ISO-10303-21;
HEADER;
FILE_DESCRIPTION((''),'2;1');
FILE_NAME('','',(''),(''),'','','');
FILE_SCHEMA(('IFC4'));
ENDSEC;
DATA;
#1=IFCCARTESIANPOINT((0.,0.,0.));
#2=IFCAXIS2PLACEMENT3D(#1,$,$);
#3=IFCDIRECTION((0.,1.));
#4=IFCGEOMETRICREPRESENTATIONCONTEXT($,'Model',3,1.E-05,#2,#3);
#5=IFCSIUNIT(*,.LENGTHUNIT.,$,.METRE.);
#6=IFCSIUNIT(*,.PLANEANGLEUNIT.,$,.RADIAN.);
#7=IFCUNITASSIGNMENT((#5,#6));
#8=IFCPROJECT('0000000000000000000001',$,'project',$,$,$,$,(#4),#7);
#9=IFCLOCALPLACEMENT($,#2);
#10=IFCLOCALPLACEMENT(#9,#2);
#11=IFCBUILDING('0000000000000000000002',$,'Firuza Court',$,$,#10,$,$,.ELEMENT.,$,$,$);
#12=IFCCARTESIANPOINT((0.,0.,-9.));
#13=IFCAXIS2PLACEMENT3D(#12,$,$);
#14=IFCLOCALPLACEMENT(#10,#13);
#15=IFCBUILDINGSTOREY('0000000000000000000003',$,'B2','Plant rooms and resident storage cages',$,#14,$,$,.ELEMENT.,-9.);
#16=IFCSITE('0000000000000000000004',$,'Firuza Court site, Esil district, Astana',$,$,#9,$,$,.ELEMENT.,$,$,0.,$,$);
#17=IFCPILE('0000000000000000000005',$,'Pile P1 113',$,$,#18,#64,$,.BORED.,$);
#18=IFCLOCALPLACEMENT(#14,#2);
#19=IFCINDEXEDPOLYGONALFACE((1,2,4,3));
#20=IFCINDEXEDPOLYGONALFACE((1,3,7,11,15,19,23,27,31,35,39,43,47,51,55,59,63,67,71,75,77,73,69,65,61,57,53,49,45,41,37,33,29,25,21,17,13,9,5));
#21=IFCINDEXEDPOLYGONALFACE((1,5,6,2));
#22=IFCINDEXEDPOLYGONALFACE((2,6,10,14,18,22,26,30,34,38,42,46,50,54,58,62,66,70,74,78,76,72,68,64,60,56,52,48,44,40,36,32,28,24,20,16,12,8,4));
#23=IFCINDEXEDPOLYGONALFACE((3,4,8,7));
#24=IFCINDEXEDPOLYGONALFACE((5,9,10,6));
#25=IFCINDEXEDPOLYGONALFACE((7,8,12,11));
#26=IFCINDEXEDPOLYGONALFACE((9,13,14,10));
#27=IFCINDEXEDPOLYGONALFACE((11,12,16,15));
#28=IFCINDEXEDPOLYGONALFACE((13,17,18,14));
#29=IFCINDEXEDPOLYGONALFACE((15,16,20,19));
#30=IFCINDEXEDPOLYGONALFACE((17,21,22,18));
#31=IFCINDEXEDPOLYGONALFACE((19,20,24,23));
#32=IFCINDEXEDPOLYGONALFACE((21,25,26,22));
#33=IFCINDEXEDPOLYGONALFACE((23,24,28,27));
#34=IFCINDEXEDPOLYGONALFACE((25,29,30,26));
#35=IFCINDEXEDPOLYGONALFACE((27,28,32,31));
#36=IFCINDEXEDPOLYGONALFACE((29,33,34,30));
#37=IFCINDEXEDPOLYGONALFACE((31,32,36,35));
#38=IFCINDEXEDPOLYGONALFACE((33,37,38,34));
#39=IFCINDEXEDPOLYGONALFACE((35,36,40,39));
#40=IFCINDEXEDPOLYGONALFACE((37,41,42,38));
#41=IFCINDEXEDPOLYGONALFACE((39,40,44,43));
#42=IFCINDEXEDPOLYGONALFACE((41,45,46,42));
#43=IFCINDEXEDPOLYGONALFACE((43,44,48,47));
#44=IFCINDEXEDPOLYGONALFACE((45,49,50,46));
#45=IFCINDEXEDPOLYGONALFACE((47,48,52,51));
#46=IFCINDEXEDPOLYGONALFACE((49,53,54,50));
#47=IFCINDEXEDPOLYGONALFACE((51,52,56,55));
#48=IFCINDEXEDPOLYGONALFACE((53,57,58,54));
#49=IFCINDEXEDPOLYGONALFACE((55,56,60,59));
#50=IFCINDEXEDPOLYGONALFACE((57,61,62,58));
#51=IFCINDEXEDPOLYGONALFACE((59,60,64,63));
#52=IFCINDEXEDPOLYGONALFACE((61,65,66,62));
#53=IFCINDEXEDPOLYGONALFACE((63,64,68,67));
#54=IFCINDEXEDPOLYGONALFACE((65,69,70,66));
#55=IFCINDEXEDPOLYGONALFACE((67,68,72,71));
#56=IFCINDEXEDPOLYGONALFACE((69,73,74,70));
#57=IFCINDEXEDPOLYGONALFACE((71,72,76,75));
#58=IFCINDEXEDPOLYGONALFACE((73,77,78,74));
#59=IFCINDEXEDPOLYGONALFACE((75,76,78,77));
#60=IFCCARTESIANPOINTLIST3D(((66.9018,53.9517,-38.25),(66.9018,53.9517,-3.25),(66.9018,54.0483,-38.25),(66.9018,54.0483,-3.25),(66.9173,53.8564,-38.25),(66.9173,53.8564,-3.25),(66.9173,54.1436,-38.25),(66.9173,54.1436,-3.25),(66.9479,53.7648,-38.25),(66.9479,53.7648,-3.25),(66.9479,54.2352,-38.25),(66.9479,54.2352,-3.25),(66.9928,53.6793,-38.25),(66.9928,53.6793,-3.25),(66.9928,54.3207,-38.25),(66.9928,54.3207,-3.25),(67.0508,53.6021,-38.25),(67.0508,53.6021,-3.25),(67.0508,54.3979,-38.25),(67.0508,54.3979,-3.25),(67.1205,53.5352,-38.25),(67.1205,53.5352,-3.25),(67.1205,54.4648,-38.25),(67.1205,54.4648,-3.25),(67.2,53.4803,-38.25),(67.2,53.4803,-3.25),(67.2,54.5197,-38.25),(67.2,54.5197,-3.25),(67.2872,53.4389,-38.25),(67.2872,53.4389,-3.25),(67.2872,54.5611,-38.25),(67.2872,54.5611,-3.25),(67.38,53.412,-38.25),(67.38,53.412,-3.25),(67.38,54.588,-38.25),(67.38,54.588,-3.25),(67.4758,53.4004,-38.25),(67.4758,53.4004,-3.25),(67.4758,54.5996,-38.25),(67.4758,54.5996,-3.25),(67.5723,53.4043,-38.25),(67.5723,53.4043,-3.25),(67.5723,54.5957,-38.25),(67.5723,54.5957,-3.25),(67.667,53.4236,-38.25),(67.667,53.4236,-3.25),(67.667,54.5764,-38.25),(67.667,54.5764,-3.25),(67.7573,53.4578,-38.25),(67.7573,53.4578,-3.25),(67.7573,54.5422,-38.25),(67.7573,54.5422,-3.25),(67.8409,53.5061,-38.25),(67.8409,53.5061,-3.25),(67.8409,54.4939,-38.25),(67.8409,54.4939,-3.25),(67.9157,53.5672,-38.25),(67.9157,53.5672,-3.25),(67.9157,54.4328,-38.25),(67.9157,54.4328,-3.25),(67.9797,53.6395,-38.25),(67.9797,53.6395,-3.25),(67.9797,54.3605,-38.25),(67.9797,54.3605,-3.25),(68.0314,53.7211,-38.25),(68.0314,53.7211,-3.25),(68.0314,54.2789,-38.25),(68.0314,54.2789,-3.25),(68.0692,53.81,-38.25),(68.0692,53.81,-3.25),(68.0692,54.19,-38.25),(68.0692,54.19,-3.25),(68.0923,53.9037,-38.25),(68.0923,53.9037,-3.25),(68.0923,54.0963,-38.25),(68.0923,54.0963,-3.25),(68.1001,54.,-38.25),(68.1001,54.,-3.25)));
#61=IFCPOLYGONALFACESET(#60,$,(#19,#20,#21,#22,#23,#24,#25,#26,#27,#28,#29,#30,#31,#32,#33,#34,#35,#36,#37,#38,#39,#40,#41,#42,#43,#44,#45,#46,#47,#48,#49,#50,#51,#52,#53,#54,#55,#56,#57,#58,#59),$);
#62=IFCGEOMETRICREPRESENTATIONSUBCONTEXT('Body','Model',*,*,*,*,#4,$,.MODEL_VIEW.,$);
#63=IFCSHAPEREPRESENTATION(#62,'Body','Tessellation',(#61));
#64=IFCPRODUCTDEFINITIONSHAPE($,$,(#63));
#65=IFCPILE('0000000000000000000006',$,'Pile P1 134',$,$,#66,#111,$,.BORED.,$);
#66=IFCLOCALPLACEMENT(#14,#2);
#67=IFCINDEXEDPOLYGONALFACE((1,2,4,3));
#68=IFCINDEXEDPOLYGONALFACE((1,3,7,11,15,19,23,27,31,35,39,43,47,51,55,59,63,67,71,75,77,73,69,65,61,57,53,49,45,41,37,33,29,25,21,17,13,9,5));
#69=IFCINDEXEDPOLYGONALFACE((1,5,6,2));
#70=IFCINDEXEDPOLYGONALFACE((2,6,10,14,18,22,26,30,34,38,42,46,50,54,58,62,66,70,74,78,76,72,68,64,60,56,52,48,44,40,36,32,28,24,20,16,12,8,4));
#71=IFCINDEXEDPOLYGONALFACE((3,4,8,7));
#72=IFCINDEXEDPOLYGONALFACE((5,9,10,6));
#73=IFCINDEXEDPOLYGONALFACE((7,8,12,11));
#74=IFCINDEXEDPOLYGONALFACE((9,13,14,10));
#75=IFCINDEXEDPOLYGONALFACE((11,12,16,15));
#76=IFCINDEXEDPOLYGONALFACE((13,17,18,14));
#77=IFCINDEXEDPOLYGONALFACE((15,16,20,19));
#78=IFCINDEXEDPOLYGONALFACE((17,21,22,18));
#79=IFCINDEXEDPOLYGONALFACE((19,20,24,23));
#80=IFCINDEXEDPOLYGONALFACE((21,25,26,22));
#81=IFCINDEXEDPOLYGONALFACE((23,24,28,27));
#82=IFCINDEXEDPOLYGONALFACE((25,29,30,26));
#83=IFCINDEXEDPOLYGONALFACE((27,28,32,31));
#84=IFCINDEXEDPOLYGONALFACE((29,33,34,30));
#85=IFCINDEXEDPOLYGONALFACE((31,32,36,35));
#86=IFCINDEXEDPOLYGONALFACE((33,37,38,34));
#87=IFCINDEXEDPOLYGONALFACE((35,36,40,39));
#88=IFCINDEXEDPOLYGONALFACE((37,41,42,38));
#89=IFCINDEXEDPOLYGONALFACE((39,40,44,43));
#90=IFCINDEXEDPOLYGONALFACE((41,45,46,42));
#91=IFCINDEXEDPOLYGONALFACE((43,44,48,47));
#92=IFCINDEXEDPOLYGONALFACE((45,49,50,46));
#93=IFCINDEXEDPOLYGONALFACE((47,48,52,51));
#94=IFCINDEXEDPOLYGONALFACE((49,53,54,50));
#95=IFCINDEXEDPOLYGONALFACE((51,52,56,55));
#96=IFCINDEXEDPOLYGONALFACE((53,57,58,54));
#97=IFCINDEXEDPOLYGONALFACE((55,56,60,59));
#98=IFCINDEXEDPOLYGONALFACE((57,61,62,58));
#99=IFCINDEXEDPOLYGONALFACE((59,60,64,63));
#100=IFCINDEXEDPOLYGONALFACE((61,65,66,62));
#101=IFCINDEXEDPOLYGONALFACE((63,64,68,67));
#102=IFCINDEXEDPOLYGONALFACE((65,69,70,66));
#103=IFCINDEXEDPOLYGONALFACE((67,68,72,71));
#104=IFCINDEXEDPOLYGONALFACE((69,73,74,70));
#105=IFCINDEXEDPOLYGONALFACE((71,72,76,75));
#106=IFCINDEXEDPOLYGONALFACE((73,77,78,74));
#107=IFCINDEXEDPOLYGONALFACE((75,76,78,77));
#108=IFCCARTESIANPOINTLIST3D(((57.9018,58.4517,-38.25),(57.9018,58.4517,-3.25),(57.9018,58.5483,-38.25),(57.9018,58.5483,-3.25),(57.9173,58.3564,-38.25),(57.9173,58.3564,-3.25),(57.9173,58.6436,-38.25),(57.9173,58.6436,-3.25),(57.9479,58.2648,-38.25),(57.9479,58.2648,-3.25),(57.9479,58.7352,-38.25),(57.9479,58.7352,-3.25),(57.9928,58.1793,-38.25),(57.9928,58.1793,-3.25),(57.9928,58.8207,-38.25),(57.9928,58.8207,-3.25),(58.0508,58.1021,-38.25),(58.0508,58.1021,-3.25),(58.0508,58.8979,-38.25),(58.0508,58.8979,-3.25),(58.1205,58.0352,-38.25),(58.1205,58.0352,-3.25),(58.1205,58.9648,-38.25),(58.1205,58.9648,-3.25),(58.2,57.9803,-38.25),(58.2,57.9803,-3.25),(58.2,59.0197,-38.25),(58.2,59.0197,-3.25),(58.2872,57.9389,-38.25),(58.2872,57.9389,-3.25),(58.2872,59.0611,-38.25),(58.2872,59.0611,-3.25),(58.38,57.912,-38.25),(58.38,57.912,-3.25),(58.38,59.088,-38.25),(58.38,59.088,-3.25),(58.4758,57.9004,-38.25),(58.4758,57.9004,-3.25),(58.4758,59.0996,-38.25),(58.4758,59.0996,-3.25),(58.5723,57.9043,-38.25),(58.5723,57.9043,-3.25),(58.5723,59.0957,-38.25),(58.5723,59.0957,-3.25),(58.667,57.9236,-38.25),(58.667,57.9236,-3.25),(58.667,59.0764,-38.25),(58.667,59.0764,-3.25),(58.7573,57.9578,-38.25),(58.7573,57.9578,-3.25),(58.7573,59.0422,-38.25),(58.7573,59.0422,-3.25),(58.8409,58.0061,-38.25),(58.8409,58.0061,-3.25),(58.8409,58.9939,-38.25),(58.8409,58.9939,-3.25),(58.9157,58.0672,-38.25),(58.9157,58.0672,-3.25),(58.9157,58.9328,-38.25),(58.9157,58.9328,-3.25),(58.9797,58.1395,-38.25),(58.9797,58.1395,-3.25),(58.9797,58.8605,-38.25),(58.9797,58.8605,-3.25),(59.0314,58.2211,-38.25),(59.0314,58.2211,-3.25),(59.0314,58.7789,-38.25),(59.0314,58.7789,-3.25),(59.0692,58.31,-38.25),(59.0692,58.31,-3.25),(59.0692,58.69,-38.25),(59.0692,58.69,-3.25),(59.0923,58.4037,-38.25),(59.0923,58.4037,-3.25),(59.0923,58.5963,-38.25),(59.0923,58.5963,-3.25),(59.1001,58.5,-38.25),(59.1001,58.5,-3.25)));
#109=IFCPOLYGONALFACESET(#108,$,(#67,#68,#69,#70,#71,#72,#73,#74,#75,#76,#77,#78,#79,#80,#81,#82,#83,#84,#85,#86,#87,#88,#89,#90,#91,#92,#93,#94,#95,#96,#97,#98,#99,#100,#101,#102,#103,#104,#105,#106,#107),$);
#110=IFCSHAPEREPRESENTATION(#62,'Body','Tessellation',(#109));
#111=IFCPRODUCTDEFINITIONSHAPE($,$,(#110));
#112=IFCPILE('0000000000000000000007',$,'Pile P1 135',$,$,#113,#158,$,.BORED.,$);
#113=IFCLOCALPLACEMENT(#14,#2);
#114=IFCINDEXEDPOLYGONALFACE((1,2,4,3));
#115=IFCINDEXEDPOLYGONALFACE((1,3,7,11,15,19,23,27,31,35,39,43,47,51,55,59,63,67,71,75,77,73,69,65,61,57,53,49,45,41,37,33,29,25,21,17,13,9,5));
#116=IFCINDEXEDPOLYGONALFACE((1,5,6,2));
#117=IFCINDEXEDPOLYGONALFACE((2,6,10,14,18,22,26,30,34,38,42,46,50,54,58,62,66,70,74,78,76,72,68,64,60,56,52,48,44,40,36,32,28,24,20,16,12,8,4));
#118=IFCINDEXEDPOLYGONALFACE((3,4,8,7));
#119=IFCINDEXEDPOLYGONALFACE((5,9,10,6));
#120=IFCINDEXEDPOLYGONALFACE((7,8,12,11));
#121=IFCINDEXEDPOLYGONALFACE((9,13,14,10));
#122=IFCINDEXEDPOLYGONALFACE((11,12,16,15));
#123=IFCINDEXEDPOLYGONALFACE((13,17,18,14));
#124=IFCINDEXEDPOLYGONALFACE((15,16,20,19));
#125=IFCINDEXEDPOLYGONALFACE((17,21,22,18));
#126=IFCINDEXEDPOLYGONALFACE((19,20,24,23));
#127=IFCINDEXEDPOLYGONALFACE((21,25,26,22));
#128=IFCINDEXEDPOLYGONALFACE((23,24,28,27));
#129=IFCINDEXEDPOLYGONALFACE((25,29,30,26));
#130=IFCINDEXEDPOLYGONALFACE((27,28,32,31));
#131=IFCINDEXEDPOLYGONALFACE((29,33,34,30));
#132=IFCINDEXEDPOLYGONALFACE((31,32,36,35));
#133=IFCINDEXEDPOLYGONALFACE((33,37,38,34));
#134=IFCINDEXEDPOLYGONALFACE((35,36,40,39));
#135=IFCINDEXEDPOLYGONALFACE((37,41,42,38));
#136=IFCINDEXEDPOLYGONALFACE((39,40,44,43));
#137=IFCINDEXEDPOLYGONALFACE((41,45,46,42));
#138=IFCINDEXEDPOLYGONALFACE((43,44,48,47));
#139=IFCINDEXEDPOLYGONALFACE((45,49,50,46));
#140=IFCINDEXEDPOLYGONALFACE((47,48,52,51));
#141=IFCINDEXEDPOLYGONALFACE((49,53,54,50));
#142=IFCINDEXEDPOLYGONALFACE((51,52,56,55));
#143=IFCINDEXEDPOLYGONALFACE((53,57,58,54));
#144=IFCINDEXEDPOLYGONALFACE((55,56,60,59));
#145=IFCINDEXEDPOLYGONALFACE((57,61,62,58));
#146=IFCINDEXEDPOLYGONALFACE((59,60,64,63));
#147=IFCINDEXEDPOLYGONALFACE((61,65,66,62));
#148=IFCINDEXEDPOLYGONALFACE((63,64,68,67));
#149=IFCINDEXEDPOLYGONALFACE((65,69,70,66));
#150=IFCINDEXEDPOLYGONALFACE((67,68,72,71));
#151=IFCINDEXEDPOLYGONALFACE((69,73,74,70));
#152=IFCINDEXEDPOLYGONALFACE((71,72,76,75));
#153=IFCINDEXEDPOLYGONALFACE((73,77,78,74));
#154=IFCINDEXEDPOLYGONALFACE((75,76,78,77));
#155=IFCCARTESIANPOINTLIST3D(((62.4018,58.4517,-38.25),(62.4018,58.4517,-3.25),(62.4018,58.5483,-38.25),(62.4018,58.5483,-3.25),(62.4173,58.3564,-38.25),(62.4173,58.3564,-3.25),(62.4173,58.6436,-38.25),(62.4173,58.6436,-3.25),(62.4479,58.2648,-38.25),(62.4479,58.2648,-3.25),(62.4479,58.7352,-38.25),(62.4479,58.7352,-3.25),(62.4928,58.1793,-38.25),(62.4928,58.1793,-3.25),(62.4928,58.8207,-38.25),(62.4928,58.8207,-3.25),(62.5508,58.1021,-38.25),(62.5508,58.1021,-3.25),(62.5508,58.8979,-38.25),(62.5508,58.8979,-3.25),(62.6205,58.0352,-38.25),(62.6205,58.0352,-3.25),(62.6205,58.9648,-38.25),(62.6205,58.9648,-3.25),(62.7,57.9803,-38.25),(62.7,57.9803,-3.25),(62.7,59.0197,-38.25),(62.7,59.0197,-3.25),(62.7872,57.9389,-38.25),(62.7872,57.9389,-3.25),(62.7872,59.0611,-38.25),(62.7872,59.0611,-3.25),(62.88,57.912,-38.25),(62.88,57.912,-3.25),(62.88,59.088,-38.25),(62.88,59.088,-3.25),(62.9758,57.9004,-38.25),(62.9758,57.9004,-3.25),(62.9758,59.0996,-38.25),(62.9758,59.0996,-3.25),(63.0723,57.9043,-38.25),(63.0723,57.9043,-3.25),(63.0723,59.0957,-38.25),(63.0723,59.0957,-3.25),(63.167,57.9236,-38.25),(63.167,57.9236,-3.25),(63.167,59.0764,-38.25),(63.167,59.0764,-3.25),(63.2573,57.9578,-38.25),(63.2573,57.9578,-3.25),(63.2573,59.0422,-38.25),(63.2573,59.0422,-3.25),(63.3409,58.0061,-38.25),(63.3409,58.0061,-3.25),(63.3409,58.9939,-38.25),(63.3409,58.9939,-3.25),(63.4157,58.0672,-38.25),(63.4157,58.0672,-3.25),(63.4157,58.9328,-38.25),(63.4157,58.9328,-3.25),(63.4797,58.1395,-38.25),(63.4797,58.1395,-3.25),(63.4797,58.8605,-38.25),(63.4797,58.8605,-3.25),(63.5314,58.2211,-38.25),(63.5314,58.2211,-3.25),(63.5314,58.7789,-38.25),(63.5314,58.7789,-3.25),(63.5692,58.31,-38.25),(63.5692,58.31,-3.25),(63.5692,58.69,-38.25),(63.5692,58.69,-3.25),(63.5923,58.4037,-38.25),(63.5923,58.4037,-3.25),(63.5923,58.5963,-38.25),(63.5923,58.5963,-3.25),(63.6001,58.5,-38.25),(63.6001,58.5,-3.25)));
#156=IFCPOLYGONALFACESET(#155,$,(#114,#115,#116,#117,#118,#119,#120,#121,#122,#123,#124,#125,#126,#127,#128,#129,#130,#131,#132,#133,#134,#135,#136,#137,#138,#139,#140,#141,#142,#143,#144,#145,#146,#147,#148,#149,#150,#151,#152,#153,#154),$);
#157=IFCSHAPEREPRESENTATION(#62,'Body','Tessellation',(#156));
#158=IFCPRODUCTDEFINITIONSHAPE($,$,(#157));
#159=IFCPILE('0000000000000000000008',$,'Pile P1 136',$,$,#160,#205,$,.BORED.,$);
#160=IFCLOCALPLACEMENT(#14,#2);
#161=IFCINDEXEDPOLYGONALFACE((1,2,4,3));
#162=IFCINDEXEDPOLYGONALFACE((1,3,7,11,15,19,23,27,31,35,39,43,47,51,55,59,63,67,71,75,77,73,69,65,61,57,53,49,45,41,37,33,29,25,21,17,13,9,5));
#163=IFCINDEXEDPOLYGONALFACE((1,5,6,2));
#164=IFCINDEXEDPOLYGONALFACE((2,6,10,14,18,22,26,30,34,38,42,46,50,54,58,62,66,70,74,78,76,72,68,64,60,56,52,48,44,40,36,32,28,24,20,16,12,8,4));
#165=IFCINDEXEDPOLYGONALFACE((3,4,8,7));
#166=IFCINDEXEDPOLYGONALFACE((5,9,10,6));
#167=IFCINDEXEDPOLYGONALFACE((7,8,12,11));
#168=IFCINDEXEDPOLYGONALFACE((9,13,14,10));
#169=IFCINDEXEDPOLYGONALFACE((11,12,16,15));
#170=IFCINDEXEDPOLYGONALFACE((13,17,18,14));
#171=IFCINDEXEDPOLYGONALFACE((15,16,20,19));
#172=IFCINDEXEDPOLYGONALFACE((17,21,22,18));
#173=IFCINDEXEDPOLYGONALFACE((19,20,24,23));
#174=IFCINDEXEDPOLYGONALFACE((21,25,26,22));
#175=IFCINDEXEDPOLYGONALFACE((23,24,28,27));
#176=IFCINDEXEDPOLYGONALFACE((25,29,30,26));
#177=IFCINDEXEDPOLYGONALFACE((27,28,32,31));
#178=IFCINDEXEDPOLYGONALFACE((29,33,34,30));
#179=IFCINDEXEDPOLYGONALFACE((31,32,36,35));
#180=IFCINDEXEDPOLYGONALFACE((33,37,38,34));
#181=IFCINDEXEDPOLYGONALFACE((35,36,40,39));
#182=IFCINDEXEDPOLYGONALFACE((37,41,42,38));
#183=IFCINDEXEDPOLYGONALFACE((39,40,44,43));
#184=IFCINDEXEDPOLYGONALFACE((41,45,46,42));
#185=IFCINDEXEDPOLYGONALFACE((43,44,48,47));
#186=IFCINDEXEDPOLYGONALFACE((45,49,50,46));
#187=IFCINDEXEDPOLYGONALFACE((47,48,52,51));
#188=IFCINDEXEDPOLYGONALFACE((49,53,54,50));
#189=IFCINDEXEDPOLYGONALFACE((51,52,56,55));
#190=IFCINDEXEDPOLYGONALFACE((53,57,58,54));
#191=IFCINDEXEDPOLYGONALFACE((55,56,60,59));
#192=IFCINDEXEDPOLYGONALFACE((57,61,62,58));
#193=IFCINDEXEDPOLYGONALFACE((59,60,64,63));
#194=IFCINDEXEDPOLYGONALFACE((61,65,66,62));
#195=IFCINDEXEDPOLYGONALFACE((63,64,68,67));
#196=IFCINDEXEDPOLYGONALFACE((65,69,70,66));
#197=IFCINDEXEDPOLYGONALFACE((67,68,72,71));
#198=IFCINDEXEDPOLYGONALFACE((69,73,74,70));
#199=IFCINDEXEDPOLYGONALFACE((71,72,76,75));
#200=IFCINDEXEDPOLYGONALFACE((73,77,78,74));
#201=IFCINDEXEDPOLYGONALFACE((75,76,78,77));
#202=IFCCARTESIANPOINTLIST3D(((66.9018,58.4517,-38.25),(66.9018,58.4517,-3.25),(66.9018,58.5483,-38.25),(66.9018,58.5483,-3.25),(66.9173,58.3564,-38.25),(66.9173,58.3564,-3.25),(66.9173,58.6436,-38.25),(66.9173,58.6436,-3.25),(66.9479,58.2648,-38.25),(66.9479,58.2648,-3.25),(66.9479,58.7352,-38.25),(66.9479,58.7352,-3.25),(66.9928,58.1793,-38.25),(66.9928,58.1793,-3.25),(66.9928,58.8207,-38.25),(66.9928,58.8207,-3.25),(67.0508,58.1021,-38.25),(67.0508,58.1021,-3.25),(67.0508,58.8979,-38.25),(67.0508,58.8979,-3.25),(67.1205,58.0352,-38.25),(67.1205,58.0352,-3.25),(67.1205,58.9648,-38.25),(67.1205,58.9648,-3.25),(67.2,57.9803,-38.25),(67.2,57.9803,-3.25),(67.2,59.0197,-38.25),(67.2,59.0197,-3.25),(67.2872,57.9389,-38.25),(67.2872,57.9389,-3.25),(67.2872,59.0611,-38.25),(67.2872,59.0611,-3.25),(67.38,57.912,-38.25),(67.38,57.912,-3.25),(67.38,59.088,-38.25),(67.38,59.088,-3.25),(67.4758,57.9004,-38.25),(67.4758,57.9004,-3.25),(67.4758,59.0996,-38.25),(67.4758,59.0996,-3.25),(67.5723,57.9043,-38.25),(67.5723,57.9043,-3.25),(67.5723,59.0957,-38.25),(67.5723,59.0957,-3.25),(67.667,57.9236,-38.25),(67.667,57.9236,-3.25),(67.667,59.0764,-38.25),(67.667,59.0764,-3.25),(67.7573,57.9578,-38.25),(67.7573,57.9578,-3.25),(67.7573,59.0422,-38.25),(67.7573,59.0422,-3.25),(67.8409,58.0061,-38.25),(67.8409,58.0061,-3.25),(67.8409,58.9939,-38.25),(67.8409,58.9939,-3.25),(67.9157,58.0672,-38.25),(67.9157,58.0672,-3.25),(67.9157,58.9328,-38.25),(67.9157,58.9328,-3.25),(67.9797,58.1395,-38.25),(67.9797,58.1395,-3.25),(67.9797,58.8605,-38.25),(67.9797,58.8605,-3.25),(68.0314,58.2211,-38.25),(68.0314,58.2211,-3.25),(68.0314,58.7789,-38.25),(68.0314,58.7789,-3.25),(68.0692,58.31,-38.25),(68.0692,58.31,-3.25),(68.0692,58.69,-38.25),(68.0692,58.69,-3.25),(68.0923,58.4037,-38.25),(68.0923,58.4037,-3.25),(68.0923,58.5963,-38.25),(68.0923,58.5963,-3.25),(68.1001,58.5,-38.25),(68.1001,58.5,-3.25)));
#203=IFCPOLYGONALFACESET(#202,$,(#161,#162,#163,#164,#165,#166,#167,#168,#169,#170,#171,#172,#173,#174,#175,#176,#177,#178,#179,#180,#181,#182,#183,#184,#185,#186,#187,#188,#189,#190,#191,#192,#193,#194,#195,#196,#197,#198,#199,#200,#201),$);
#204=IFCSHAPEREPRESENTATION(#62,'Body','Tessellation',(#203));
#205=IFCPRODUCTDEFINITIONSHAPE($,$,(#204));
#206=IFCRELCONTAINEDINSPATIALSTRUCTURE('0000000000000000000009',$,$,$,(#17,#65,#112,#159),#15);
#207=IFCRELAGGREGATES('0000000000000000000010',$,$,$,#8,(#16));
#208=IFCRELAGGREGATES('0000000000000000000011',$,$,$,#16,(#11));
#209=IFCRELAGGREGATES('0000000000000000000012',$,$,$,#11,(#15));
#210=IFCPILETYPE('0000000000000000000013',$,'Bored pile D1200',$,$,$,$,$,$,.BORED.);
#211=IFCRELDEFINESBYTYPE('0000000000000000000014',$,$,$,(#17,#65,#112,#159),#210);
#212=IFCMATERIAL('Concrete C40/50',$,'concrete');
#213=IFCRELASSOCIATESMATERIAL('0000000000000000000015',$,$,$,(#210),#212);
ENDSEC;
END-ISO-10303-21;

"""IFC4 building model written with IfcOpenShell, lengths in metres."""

from ifc_helpers import new_model, si_unit, direction, frame, origin, origin_2d, place, context, subcontext, project, spatial, circle, extrude, material, material_profile, profile_set, type_object, element, save


model = new_model("IFC4")

# Units and contexts
model_context = context("Model", 3, precision=1e-05, world=origin(), true_north=direction((0.0, 1.0)))
body_context = subcontext(model_context, "Body", "Model", "MODEL_VIEW")
ifc_project = project(units=[si_unit("LENGTHUNIT", "METRE"), si_unit("PLANEANGLEUNIT", "RADIAN")], contexts=[model_context])

# Site, building, storey
site_placement = place(None, origin())
site = spatial("IfcSite", under=ifc_project, at=site_placement, Name="Firuza Court site, Esil district, Astana", CompositionType="ELEMENT", RefElevation=0.0)
building_placement = place(site_placement, origin())
building = spatial("IfcBuilding", under=site, at=building_placement, Name="Firuza Court", CompositionType="ELEMENT")
storey_placement = place(building_placement, frame((0.0, 0.0, -9.0)))
storey = spatial("IfcBuildingStorey", under=building, at=storey_placement, Name="B2", Description="Plant rooms and resident storage cages", CompositionType="ELEMENT", Elevation=-9.0)

# Piles
ifc_material_1 = material(Name="Concrete C40/50", Category="concrete")
ifc_material_profile_1 = material_profile(ifc_material_1, circle(Radius=0.6001, at=origin_2d()), Name="Pile D1200")
ifc_profile_set_1 = profile_set([ifc_material_profile_1], Name="Concrete C40/50")
pile_type = type_object("IfcPileType", Name="Bored pile D1200", PredefinedType="BORED", material=ifc_profile_set_1)
for number, where, z_axis, x_axis, name in (
    (1, (67.5, 54.0, -3.25), (0.0, 0.0, -1.0), (1.0, 0.0, 0.0), "Pile P1 113"),
    (2, (58.5, 58.5, -3.25), (0.0, 0.0, -1.0), (1.0, 0.0, 0.0), "Pile P1 134"),
    (3, (63.0, 58.5, -3.25), (0.0, 0.0, -1.0), (1.0, 0.0, 0.0), "Pile P1 135"),
    (4, (67.5, 58.5, -3.25), (0.0, 0.0, -1.0), (1.0, 0.0, 0.0), "Pile P1 136"),
):
    element("IfcPile", number, at=place(storey_placement, frame(where, z_axis=z_axis, x_axis=x_axis)), inside=storey, type_object=pile_type, Name=name, PredefinedType="BORED", context=body_context, shape_type="SweptSolid", body=[
        extrude(circle(Radius=0.6001, at=origin_2d()), origin(), (0.0, 0.0, 1.0), 35.0),
    ])

save(model, "model.ifc")
